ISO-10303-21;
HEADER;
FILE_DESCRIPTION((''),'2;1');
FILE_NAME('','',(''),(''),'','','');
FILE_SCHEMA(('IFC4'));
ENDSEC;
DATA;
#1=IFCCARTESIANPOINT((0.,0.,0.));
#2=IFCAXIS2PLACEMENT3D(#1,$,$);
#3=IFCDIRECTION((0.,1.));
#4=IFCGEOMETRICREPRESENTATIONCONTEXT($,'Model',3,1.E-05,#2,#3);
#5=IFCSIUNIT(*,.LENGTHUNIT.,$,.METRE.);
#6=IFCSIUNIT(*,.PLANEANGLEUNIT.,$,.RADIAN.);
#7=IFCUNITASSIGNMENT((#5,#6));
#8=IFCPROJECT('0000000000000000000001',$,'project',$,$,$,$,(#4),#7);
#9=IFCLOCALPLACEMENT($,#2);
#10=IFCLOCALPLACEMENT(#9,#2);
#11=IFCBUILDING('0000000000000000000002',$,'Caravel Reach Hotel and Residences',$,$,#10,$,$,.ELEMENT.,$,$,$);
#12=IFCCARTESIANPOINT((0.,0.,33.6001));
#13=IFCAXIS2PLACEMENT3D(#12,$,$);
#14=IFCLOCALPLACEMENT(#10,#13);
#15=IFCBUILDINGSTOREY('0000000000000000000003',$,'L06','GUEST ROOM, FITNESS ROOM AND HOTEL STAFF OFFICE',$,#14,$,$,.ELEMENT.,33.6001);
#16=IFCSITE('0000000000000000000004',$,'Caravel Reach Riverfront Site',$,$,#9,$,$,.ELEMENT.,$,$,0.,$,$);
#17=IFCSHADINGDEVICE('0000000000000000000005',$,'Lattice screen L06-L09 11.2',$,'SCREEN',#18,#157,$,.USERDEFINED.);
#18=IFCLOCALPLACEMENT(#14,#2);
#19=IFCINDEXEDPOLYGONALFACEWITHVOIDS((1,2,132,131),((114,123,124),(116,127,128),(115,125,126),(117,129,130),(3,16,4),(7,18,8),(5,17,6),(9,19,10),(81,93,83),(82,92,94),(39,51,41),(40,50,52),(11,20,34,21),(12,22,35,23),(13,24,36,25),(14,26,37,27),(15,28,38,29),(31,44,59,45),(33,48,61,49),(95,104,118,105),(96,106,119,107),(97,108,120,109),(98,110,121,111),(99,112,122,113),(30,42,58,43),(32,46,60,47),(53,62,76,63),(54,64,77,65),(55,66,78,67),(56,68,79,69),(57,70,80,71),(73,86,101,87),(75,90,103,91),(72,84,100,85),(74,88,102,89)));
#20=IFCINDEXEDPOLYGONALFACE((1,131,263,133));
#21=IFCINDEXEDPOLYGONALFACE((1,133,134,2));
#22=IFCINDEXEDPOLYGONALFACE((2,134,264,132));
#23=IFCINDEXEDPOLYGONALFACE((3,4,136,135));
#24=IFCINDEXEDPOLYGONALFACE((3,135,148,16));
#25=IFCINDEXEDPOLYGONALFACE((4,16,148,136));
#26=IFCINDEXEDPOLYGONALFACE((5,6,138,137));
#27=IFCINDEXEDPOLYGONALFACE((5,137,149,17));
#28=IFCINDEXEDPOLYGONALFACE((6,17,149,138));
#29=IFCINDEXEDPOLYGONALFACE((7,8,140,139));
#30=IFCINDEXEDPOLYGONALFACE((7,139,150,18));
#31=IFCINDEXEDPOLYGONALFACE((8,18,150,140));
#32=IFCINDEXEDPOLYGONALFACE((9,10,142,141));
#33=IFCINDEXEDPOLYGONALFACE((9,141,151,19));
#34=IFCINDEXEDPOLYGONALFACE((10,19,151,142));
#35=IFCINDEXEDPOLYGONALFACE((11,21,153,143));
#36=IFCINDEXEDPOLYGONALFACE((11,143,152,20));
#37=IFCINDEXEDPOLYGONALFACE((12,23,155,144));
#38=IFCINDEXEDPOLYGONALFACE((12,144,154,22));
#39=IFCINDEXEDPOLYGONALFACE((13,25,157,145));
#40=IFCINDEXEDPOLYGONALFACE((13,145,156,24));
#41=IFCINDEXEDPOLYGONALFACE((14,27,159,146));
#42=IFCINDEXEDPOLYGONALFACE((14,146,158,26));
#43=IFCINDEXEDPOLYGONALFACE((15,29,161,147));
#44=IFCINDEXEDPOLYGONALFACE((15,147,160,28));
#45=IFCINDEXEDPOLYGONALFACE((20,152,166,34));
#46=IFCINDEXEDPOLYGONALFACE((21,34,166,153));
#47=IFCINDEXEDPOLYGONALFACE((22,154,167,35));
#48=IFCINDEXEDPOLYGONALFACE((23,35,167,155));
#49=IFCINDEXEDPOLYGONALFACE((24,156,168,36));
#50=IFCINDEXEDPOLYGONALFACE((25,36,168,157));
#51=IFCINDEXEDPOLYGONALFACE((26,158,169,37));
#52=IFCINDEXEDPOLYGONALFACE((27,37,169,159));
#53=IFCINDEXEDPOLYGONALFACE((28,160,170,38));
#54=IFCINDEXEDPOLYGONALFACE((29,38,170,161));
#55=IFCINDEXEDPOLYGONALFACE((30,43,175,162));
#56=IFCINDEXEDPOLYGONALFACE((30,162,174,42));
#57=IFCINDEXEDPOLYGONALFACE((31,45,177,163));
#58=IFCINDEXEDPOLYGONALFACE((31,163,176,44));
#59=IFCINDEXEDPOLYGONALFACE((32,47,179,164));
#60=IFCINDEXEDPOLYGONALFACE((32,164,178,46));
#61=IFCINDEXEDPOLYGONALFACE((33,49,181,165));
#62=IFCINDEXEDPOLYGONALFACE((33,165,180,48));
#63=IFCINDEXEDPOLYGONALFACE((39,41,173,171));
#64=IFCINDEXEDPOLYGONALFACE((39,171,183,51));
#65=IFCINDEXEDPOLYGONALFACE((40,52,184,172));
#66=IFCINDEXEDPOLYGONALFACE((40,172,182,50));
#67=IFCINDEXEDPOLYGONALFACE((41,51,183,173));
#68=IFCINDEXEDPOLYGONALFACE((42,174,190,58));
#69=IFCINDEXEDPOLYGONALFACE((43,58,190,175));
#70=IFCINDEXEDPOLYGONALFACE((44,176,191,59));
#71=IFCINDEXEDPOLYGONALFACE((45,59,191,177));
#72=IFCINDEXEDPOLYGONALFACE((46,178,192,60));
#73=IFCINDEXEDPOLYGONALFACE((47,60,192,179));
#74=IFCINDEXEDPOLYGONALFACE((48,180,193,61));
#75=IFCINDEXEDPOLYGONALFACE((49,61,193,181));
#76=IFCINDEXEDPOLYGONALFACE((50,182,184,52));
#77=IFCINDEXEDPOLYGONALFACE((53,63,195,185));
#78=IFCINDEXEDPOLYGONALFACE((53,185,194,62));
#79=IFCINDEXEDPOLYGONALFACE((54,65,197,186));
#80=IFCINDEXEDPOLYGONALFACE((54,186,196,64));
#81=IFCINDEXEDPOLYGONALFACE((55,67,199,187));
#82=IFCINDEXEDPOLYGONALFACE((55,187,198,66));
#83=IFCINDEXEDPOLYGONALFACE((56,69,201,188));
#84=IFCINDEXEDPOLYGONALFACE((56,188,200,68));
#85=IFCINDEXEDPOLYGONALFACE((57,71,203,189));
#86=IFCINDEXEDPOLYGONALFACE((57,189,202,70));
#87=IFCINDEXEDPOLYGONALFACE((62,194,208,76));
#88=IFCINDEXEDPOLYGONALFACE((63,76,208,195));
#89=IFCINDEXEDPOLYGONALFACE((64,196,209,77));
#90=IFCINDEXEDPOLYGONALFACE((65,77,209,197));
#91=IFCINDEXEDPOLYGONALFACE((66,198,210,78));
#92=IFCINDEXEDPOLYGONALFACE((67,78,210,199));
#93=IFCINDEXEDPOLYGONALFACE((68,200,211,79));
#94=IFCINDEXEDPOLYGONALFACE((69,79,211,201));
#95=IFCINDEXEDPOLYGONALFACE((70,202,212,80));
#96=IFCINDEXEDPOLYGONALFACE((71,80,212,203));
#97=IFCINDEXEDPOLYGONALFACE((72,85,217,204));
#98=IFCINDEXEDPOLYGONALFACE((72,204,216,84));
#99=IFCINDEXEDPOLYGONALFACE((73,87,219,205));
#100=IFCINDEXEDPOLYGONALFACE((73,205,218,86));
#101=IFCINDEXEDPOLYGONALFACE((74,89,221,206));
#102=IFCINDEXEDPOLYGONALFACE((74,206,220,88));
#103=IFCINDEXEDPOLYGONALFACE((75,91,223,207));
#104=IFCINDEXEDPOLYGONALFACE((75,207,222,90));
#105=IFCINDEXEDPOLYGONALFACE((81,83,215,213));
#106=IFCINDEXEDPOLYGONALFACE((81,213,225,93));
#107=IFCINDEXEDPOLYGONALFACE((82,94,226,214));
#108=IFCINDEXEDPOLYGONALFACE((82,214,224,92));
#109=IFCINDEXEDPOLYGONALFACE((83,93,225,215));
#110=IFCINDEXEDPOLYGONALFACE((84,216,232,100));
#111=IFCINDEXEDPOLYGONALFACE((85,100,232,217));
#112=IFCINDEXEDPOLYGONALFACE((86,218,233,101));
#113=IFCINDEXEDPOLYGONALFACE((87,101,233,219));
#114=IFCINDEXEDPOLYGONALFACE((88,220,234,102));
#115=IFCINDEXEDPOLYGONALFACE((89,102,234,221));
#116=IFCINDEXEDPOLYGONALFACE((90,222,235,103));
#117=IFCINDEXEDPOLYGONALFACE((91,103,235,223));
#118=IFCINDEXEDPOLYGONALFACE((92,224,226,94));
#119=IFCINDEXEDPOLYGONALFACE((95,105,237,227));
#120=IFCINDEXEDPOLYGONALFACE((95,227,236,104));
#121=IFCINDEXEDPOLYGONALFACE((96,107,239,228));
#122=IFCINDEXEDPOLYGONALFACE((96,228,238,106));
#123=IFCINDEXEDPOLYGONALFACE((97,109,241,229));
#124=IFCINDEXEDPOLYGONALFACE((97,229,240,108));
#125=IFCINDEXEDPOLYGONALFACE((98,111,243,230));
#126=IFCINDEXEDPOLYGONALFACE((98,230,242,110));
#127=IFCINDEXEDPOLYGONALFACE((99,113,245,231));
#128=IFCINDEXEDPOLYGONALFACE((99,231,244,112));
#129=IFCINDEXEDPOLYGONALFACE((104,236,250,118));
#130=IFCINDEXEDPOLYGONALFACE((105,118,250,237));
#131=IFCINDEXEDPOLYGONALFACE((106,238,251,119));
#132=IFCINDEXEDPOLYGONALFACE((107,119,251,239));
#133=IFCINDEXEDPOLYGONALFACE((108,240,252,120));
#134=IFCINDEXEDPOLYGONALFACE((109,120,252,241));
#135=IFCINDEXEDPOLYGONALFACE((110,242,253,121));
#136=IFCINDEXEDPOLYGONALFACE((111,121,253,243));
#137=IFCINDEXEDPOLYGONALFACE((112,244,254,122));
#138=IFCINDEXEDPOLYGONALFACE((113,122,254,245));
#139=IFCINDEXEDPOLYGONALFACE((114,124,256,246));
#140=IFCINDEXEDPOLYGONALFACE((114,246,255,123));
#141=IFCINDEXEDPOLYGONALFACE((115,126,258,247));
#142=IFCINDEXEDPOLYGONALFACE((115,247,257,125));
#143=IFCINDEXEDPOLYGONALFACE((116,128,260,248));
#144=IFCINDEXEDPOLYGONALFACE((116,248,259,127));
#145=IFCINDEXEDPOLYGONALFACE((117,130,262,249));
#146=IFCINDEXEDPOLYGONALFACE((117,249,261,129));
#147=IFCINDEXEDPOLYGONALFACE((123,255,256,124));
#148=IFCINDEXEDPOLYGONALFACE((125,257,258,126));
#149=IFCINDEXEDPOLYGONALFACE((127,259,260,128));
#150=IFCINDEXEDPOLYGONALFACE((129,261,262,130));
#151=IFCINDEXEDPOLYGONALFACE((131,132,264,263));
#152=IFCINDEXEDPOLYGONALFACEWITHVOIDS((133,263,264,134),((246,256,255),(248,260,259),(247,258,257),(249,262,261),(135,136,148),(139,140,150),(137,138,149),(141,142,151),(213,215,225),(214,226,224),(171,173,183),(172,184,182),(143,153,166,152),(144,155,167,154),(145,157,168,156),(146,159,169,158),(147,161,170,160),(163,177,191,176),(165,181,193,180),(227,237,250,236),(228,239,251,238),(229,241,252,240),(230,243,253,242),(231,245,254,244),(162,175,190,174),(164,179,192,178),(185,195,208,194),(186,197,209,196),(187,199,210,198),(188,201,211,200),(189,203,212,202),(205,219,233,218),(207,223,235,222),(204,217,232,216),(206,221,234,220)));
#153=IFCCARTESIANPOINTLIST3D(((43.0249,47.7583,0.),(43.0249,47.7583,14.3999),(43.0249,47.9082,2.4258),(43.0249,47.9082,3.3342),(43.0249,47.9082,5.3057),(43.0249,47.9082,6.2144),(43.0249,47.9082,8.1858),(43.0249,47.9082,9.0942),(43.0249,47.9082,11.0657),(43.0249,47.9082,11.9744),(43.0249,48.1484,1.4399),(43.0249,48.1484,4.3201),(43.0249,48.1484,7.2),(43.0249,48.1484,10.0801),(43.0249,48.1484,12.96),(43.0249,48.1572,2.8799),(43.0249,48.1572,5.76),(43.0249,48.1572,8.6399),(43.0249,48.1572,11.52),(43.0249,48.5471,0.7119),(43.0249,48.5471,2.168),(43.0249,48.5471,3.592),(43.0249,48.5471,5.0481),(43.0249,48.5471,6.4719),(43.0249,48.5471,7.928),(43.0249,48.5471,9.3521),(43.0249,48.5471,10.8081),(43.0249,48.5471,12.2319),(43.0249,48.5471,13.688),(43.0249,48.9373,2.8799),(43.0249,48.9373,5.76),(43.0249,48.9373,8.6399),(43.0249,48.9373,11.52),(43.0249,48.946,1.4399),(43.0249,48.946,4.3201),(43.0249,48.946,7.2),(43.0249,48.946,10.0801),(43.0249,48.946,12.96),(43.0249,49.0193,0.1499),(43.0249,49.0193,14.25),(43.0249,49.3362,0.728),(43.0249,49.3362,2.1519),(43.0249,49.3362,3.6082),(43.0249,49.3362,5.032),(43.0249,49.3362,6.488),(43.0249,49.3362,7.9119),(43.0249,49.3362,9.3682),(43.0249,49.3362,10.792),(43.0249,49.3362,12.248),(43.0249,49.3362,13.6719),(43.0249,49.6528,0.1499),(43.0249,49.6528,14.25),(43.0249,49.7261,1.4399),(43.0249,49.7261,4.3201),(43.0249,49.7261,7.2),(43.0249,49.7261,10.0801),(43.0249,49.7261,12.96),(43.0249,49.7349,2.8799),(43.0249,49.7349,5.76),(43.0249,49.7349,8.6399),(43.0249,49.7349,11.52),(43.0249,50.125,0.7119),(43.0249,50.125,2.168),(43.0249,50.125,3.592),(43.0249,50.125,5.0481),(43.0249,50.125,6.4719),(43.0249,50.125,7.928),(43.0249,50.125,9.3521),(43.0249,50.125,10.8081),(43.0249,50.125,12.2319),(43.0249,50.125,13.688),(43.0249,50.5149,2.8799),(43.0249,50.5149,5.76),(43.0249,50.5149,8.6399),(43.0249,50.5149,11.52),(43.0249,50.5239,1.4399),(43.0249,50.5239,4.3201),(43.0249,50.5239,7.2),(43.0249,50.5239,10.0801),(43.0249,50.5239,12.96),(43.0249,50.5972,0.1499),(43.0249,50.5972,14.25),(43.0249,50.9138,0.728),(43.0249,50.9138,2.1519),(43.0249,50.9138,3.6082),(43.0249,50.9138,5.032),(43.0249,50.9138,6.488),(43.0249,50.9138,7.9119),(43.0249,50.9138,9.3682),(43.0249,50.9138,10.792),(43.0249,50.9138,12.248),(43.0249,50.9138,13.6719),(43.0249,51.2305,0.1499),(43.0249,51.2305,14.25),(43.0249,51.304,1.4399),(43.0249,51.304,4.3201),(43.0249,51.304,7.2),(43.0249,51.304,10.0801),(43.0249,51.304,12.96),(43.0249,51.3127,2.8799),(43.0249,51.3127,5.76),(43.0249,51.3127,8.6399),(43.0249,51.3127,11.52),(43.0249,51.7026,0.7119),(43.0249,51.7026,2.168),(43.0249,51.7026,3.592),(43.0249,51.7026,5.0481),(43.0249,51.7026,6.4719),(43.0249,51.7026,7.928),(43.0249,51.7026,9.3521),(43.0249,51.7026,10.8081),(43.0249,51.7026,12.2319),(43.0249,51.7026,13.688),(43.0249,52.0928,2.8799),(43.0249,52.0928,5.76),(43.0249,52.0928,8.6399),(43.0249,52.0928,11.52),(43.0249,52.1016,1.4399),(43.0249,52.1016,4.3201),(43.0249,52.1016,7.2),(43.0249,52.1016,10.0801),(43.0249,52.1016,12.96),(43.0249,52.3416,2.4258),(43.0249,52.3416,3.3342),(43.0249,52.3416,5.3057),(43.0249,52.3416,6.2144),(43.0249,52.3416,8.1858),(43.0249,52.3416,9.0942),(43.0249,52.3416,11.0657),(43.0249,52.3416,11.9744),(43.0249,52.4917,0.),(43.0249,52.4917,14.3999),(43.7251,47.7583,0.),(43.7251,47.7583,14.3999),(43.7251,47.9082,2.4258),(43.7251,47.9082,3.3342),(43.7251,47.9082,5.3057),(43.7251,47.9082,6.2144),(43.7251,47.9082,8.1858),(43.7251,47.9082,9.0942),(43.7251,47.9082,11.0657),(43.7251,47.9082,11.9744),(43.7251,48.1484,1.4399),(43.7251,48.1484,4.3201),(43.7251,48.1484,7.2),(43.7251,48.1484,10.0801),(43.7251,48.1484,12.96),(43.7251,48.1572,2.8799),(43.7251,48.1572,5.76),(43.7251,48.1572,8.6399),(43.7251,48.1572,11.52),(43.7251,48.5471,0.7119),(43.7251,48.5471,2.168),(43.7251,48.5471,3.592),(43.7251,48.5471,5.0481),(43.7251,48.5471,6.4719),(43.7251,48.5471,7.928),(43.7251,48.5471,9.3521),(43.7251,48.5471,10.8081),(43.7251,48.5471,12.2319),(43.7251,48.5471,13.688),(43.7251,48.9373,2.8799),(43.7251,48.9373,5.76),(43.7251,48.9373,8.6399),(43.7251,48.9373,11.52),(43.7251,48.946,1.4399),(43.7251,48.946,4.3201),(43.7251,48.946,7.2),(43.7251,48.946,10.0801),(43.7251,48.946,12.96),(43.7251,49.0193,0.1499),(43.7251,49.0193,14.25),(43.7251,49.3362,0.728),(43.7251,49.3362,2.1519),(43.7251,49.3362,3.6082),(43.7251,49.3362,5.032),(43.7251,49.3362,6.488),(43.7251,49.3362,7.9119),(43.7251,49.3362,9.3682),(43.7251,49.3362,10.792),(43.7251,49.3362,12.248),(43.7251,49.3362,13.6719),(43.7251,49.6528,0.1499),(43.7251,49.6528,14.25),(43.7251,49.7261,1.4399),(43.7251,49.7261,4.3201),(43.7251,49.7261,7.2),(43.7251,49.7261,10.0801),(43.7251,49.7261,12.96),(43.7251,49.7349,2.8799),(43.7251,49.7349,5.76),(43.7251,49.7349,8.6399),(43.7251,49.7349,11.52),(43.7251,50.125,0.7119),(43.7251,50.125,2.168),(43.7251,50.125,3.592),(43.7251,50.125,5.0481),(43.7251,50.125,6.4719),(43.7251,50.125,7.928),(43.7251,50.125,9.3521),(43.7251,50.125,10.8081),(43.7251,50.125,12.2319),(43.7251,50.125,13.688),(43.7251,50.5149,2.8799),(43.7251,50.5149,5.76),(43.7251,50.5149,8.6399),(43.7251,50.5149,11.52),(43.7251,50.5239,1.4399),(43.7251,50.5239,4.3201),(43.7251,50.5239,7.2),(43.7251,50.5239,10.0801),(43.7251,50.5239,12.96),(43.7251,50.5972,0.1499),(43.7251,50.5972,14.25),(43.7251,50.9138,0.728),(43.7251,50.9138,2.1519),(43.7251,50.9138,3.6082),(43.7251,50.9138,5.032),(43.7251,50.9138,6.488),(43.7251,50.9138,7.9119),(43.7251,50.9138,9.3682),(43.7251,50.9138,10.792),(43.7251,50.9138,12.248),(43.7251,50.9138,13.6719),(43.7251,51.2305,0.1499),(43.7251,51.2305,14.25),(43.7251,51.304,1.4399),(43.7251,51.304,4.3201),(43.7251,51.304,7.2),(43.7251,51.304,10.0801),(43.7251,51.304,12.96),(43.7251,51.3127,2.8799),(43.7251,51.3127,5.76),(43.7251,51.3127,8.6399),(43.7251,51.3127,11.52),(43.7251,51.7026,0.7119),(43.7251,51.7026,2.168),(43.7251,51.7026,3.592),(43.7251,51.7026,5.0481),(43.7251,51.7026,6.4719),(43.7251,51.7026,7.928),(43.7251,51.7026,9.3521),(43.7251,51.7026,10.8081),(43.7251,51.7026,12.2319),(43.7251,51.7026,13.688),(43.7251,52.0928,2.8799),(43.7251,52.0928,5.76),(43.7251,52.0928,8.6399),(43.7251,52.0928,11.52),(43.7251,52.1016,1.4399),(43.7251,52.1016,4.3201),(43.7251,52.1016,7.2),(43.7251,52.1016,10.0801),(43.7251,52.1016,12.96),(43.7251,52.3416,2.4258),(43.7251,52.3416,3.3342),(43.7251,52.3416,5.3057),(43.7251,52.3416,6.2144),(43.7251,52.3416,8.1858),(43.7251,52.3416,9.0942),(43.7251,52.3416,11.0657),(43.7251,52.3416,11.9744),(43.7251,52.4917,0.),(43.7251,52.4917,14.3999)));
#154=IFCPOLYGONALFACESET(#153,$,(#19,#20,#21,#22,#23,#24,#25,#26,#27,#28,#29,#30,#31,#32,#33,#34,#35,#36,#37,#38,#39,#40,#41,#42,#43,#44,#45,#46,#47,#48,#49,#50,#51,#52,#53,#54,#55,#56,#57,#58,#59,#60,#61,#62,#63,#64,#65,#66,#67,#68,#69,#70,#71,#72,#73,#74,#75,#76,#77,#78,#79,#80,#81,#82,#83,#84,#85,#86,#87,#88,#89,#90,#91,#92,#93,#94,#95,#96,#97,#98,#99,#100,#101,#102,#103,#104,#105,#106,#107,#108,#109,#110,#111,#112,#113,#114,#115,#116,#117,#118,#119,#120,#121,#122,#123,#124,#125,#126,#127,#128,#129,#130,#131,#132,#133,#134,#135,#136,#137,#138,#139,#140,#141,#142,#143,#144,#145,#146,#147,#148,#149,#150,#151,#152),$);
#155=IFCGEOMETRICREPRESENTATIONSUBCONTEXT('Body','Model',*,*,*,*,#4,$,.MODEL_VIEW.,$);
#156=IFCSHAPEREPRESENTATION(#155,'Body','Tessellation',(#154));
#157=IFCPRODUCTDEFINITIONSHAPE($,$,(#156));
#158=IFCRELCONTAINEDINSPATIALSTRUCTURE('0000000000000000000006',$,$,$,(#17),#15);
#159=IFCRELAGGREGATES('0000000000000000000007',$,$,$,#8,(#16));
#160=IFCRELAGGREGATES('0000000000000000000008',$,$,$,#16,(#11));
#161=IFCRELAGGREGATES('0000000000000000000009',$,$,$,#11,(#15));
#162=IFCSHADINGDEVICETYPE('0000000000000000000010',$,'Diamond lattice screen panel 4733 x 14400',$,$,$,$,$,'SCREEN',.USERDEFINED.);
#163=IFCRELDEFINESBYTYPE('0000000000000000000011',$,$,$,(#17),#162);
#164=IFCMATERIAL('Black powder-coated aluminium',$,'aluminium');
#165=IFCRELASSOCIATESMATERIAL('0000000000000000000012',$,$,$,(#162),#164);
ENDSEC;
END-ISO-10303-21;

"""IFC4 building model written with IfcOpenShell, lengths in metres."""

from ifc_helpers import new_model, si_unit, direction, frame, origin, place, context, subcontext, project, spatial, polyline, outline, extrude, material, type_object, element, save


model = new_model("IFC4")

# Units and contexts
model_context = context("Model", 3, precision=1e-05, world=origin(), true_north=direction((0.0, 1.0)))
body_context = subcontext(model_context, "Body", "Model", "MODEL_VIEW")
ifc_project = project(units=[si_unit("LENGTHUNIT", "METRE"), si_unit("PLANEANGLEUNIT", "RADIAN")], contexts=[model_context])

# Site, building, storey
site_placement = place(None, origin())
site = spatial("IfcSite", under=ifc_project, at=site_placement, Name="Caravel Reach Riverfront Site", CompositionType="ELEMENT", RefElevation=0.0)
building_placement = place(site_placement, origin())
building = spatial("IfcBuilding", under=site, at=building_placement, Name="Caravel Reach Hotel and Residences", CompositionType="ELEMENT")
storey_placement = place(building_placement, frame((0.0, 0.0, 33.6001)))
storey = spatial("IfcBuildingStorey", under=building, at=storey_placement, Name="L06", Description="GUEST ROOM, FITNESS ROOM AND HOTEL STAFF OFFICE", CompositionType="ELEMENT", Elevation=33.6001)

# Shading device
ifc_material_1 = material(Name="Black powder-coated aluminium", Category="aluminium")
shading_device_type_1 = type_object("IfcShadingDeviceType", Name="Diamond lattice screen panel 4733 x 14400", ElementType="SCREEN", PredefinedType="USERDEFINED", material=ifc_material_1)
shading_device_1_placement = place(storey_placement, frame((43.0249, 47.7583, 0.0), z_axis=(1.0, 0.0, 0.0), x_axis=(0.0, 1.0, 0.0)))
element("IfcShadingDevice", 1, at=shading_device_1_placement, inside=storey, type_object=shading_device_type_1, Name="Lattice screen L06-L09 11.2", ObjectType="SCREEN", PredefinedType="USERDEFINED", context=body_context, shape_type="SweptSolid", body=[
    extrude(outline(polyline([(0.0, 0.0), (4.7334, 0.0), (4.7334, 14.3999), (0.0, 14.3999), (0.0, 0.0)]), holes=[polyline([(0.3989, 2.8799), (0.1499, 3.3342), (0.1499, 2.4258), (0.3989, 2.8799)]), polyline([(0.3989, 5.76), (0.1499, 6.2144), (0.1499, 5.3057), (0.3989, 5.76)]), polyline([(0.3989, 8.6399), (0.1499, 9.0942), (0.1499, 8.1858), (0.3989, 8.6399)]), polyline([(0.3989, 11.52), (0.1499, 11.9744), (0.1499, 11.0657), (0.3989, 11.52)]), polyline([(0.7888, 2.168), (0.3901, 1.4399), (0.7888, 0.7119), (1.1877, 1.4399), (0.7888, 2.168)]), polyline([(0.7888, 5.0481), (0.3901, 4.3201), (0.7888, 3.592), (1.1877, 4.3201), (0.7888, 5.0481)]), polyline([(0.7888, 7.928), (0.3901, 7.2), (0.7888, 6.4719), (1.1877, 7.2), (0.7888, 7.928)]), polyline([(0.7888, 10.8081), (0.3901, 10.0801), (0.7888, 9.3521), (1.1877, 10.0801), (0.7888, 10.8081)]), polyline([(0.7888, 13.688), (0.3901, 12.96), (0.7888, 12.2319), (1.1877, 12.96), (0.7888, 13.688)]), polyline([(1.5779, 0.728), (1.261, 0.1499), (1.8945, 0.1499), (1.5779, 0.728)]), polyline([(1.5779, 3.6082), (1.179, 2.8799), (1.5779, 2.1519), (1.9766, 2.8799), (1.5779, 3.6082)]), polyline([(1.5779, 6.488), (1.179, 5.76), (1.5779, 5.032), (1.9766, 5.76), (1.5779, 6.488)]), polyline([(1.5779, 9.3682), (1.179, 8.6399), (1.5779, 7.9119), (1.9766, 8.6399), (1.5779, 9.3682)]), polyline([(1.5779, 12.248), (1.179, 11.52), (1.5779, 10.792), (1.9766, 11.52), (1.5779, 12.248)]), polyline([(1.5779, 13.6719), (1.8945, 14.25), (1.261, 14.25), (1.5779, 13.6719)]), polyline([(2.3667, 2.168), (1.9678, 1.4399), (2.3667, 0.7119), (2.7656, 1.4399), (2.3667, 2.168)]), polyline([(2.3667, 5.0481), (1.9678, 4.3201), (2.3667, 3.592), (2.7656, 4.3201), (2.3667, 5.0481)]), polyline([(2.3667, 7.928), (1.9678, 7.2), (2.3667, 6.4719), (2.7656, 7.2), (2.3667, 7.928)]), polyline([(2.3667, 10.8081), (1.9678, 10.0801), (2.3667, 9.3521), (2.7656, 10.0801), (2.3667, 10.8081)]), polyline([(2.3667, 13.688), (1.9678, 12.96), (2.3667, 12.2319), (2.7656, 12.96), (2.3667, 13.688)]), polyline([(3.1555, 0.728), (2.8389, 0.1499), (3.4722, 0.1499), (3.1555, 0.728)]), polyline([(3.1555, 3.6082), (2.7566, 2.8799), (3.1555, 2.1519), (3.5544, 2.8799), (3.1555, 3.6082)]), polyline([(3.1555, 6.488), (2.7566, 5.76), (3.1555, 5.032), (3.5544, 5.76), (3.1555, 6.488)]), polyline([(3.1555, 9.3682), (2.7566, 8.6399), (3.1555, 7.9119), (3.5544, 8.6399), (3.1555, 9.3682)]), polyline([(3.1555, 12.248), (2.7566, 11.52), (3.1555, 10.792), (3.5544, 11.52), (3.1555, 12.248)]), polyline([(3.1555, 13.6719), (3.4722, 14.25), (2.8389, 14.25), (3.1555, 13.6719)]), polyline([(3.9443, 2.168), (3.5457, 1.4399), (3.9443, 0.7119), (4.3433, 1.4399), (3.9443, 2.168)]), polyline([(3.9443, 5.0481), (3.5457, 4.3201), (3.9443, 3.592), (4.3433, 4.3201), (3.9443, 5.0481)]), polyline([(3.9443, 7.928), (3.5457, 7.2), (3.9443, 6.4719), (4.3433, 7.2), (3.9443, 7.928)]), polyline([(3.9443, 10.8081), (3.5457, 10.0801), (3.9443, 9.3521), (4.3433, 10.0801), (3.9443, 10.8081)]), polyline([(3.9443, 13.688), (3.5457, 12.96), (3.9443, 12.2319), (4.3433, 12.96), (3.9443, 13.688)]), polyline([(4.3345, 2.8799), (4.5833, 2.4258), (4.5833, 3.3342), (4.3345, 2.8799)]), polyline([(4.3345, 5.76), (4.5833, 5.3057), (4.5833, 6.2144), (4.3345, 5.76)]), polyline([(4.3345, 8.6399), (4.5833, 8.1858), (4.5833, 9.0942), (4.3345, 8.6399)]), polyline([(4.3345, 11.52), (4.5833, 11.0657), (4.5833, 11.9744), (4.3345, 11.52)])]), origin(), (0.0, 0.0, 1.0), 0.7002),
])

save(model, "model.ifc")
